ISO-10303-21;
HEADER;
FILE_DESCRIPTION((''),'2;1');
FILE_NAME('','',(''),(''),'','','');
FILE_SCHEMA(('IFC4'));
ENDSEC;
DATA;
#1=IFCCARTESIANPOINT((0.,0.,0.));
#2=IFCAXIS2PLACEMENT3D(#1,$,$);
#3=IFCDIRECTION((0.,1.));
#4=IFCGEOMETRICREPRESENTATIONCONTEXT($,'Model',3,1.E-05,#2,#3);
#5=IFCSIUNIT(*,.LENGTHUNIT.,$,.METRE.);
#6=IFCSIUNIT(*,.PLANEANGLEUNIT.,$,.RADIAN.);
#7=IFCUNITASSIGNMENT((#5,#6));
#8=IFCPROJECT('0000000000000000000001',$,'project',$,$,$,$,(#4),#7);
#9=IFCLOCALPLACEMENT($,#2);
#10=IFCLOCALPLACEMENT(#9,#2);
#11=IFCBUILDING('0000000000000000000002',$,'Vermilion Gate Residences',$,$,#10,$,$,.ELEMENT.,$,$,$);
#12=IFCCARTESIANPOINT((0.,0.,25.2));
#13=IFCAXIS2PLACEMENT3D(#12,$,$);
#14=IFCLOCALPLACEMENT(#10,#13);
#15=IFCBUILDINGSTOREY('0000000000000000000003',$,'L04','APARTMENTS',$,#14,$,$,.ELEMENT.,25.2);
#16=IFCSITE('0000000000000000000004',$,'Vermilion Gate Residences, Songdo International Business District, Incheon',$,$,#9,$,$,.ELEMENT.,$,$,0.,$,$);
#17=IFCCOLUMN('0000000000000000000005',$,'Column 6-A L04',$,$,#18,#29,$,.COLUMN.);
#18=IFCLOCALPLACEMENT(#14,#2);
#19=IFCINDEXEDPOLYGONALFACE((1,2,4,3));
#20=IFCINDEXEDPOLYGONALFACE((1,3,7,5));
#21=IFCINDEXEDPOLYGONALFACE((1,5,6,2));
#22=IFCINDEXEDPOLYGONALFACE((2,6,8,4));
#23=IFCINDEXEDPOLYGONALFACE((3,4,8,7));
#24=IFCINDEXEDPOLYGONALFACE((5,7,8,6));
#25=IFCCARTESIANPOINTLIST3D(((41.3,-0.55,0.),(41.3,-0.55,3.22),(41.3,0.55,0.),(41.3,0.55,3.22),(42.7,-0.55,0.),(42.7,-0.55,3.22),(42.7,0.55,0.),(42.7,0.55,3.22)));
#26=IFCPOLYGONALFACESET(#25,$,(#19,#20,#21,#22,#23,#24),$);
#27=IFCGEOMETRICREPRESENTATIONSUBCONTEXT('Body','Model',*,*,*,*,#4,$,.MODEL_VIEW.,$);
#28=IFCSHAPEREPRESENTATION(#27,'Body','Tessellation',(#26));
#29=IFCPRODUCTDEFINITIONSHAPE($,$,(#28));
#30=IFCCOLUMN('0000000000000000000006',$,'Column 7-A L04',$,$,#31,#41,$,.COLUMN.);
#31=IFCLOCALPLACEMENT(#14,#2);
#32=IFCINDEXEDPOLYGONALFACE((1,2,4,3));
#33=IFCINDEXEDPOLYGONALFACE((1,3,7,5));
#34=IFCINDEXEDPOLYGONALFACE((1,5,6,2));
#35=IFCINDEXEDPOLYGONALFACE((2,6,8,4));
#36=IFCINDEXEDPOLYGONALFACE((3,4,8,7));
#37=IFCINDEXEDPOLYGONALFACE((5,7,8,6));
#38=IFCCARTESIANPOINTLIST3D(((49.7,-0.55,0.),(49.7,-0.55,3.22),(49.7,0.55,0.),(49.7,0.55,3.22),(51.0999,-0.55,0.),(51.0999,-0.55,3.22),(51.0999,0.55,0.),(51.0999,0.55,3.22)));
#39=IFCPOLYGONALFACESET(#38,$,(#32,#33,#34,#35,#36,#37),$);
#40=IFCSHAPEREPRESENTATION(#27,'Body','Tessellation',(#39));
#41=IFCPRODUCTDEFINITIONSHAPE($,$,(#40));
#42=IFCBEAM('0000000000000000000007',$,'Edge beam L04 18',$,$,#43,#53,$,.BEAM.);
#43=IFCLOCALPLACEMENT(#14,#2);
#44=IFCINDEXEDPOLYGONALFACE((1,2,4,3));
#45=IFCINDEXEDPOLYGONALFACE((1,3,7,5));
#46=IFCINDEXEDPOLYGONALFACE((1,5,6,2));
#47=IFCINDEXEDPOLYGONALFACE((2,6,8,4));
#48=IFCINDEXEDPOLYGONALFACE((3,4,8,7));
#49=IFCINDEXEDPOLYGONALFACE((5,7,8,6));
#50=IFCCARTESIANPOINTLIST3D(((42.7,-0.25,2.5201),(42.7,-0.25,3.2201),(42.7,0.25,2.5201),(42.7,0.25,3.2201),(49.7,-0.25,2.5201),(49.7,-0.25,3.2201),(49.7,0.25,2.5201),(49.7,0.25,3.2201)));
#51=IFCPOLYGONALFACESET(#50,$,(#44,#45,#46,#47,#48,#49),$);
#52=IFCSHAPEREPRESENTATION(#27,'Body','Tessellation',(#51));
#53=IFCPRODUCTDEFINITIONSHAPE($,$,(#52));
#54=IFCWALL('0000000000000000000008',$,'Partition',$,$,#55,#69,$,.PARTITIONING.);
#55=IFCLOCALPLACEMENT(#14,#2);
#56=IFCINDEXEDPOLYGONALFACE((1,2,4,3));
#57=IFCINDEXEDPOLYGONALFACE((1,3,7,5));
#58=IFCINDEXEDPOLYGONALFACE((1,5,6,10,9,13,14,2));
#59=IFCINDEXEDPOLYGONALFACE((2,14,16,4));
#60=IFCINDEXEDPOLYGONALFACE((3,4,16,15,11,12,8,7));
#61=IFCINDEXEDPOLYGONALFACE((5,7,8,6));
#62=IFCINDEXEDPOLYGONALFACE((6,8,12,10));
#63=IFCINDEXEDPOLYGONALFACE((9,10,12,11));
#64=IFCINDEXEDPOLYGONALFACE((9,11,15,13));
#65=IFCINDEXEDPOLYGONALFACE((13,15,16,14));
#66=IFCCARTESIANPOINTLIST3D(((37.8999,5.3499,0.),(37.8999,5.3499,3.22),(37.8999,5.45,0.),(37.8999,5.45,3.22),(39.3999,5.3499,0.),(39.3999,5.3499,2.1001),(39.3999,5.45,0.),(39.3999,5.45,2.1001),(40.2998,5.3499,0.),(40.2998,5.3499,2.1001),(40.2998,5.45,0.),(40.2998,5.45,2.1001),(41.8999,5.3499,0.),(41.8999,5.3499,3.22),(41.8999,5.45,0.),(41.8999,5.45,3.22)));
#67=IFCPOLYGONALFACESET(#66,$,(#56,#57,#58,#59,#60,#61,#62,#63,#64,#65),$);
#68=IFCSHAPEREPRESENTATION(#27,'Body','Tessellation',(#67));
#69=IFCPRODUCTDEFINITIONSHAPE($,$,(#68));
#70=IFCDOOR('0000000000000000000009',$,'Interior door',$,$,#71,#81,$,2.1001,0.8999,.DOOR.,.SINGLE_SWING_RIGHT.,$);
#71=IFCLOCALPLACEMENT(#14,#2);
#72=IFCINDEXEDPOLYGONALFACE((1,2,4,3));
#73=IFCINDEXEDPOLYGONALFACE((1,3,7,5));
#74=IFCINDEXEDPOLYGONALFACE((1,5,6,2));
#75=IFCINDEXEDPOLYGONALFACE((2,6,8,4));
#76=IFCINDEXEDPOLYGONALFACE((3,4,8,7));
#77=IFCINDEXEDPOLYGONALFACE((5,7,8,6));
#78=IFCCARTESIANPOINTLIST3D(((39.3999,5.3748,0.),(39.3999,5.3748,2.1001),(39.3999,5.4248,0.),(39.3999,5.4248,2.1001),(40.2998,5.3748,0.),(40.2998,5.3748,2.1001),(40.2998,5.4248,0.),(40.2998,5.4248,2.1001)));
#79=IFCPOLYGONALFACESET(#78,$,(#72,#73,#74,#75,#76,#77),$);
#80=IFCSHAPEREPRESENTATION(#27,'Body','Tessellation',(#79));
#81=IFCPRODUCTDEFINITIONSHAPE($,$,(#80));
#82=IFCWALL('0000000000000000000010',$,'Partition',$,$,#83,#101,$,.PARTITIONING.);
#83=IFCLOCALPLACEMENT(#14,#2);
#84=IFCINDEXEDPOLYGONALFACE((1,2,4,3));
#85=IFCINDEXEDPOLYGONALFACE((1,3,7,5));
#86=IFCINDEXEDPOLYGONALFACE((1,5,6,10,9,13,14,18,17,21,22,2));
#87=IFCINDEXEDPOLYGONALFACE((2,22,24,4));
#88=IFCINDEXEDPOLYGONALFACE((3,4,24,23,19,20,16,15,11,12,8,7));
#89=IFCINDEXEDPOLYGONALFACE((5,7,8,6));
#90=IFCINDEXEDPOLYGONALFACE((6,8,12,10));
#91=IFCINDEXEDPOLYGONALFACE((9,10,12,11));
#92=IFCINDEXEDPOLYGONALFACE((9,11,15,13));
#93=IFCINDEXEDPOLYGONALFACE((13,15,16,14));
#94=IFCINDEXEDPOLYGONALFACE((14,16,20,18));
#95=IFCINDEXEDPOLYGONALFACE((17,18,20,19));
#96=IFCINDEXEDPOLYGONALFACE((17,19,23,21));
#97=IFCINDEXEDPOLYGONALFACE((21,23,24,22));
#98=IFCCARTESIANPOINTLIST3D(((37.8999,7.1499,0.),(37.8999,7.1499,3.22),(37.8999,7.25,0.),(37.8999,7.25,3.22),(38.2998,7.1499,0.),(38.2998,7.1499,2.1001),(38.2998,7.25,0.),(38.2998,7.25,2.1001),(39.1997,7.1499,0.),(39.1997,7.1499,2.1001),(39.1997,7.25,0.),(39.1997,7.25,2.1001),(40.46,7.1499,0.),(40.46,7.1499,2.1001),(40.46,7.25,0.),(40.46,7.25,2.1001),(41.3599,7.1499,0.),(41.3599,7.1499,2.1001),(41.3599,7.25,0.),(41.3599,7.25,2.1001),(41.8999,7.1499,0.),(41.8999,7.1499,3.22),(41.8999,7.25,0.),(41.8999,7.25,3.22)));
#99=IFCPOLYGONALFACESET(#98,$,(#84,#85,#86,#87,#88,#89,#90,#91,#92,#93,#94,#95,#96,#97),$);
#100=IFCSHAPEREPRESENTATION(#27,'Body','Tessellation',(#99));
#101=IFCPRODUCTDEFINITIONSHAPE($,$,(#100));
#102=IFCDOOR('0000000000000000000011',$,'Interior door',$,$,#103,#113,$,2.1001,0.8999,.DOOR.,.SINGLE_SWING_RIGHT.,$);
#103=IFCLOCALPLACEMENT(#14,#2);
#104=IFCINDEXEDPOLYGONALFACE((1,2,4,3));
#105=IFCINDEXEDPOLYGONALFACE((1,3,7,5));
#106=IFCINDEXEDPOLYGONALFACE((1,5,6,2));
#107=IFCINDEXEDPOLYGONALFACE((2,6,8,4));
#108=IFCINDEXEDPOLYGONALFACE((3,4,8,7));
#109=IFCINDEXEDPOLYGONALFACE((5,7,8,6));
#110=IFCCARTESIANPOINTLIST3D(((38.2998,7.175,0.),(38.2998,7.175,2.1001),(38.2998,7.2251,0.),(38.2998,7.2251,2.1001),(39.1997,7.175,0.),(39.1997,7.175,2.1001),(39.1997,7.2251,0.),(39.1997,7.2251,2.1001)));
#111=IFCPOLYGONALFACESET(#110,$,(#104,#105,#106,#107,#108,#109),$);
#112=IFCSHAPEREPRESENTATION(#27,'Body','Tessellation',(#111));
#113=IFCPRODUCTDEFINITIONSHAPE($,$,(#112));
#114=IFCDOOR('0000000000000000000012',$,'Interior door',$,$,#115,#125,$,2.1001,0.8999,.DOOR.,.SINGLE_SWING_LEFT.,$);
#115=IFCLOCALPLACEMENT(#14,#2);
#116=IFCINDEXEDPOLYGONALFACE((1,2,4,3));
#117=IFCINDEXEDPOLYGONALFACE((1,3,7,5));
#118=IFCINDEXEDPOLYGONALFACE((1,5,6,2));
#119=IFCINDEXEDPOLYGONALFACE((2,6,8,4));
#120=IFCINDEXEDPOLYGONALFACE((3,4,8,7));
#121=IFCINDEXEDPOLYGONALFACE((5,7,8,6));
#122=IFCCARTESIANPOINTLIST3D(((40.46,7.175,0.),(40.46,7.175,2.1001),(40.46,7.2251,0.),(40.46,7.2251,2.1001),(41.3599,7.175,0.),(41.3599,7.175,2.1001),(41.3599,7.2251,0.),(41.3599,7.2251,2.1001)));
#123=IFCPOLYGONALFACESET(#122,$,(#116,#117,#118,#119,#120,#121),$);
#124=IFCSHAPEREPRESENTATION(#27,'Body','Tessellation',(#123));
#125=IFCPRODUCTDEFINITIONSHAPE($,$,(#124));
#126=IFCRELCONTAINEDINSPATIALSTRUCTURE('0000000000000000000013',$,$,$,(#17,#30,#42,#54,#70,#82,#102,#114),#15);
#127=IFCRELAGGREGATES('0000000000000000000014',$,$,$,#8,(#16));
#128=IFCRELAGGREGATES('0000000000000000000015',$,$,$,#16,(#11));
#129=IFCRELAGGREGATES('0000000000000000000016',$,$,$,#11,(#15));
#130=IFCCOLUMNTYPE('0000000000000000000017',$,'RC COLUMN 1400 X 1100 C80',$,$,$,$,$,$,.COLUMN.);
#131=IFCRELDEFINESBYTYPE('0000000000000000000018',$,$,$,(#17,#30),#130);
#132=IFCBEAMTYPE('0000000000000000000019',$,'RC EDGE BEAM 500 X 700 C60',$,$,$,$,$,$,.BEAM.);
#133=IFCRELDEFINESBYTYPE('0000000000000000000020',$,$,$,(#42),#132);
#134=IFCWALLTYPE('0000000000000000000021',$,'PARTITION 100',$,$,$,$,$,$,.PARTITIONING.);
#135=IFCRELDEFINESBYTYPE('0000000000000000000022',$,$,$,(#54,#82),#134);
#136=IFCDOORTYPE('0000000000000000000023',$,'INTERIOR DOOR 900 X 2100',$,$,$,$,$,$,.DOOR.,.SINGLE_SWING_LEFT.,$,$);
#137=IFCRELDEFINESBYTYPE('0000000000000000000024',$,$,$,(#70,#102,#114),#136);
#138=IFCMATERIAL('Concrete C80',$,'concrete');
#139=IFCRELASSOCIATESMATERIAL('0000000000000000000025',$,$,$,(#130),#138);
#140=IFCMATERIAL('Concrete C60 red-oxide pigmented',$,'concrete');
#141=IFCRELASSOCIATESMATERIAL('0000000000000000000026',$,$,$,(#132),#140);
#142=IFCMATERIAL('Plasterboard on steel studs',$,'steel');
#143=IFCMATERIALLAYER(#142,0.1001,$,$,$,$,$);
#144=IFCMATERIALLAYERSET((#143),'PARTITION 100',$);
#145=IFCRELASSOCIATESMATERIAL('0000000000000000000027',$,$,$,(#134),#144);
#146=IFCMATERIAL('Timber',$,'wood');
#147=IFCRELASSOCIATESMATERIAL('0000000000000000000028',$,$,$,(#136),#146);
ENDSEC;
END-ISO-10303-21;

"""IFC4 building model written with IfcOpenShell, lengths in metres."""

from ifc_helpers import new_model, si_unit, direction, frame, frame_2d, origin, origin_2d, place, context, subcontext, project, spatial, rectangle, extrude, material, layer, layer_set, material_profile, profile_set, type_object, element, fill, save


model = new_model("IFC4")

# Units and contexts
model_context = context("Model", 3, precision=1e-05, world=origin(), true_north=direction((0.0, 1.0)))
body_context = subcontext(model_context, "Body", "Model", "MODEL_VIEW")
ifc_project = project(units=[si_unit("LENGTHUNIT", "METRE"), si_unit("PLANEANGLEUNIT", "RADIAN")], contexts=[model_context])

# Site, building, storey
site_placement = place(None, origin())
site = spatial("IfcSite", under=ifc_project, at=site_placement, Name="Vermilion Gate Residences, Songdo International Business District, Incheon", CompositionType="ELEMENT", RefElevation=0.0)
building_placement = place(site_placement, origin())
building = spatial("IfcBuilding", under=site, at=building_placement, Name="Vermilion Gate Residences", CompositionType="ELEMENT")
storey_placement = place(building_placement, frame((0.0, 0.0, 25.2)))
storey = spatial("IfcBuildingStorey", under=building, at=storey_placement, Name="L04", Description="APARTMENTS", CompositionType="ELEMENT", Elevation=25.2)

# Columns
ifc_material_1 = material(Name="Concrete C80", Category="concrete")
ifc_material_profile_1 = material_profile(ifc_material_1, rectangle(XDim=1.3999, YDim=1.1001, at=origin_2d()), Name="RC-1400x1100")
ifc_profile_set_1 = profile_set([ifc_material_profile_1], Name="Concrete C80")
column_type = type_object("IfcColumnType", Name="RC COLUMN 1400 X 1100 C80", PredefinedType="COLUMN", material=ifc_profile_set_1)
for number, where, z_axis, x_axis, name in (
    (1, (42.0, 0.0, 0.0), (0.0, 0.0, 1.0), (1.0, 0.0, 0.0), "Column 6-A L04"),
    (2, (50.3999, 0.0, 0.0), (0.0, 0.0, 1.0), (1.0, 0.0, 0.0), "Column 7-A L04"),
):
    element("IfcColumn", number, at=place(storey_placement, frame(where, z_axis=z_axis, x_axis=x_axis)), inside=storey, type_object=column_type, Name=name, PredefinedType="COLUMN", context=body_context, shape_type="SweptSolid", body=[
        extrude(rectangle(XDim=1.3999, YDim=1.1001, at=origin_2d()), origin(), (0.0, 0.0, 1.0), 3.22),
    ])

# Beam
ifc_material_2 = material(Name="Concrete C60 red-oxide pigmented", Category="concrete")
ifc_material_profile_2 = material_profile(ifc_material_2, rectangle(XDim=0.5, YDim=0.7, at=origin_2d()), Name="RC-500x700")
ifc_profile_set_2 = profile_set([ifc_material_profile_2], Name="Concrete C60 red-oxide pigmented")
beam_type = type_object("IfcBeamType", Name="RC EDGE BEAM 500 X 700 C60", PredefinedType="BEAM", material=ifc_profile_set_2)
beam_placement = place(storey_placement, frame((42.7, 0.0, 2.8701), z_axis=(1.0, 0.0, 0.0), x_axis=(0.0, 1.0, 0.0)))
element("IfcBeam", 3, at=beam_placement, inside=storey, type_object=beam_type, Name="Edge beam L04 18", PredefinedType="BEAM", context=body_context, shape_type="SweptSolid", body=[
    extrude(rectangle(XDim=0.5, YDim=0.7, at=origin_2d()), origin(), (0.0, 0.0, 1.0), 7.0),
])

# Wall, opening, door
ifc_material_3 = material(Name="Plasterboard on steel studs", Category="steel")
ifc_layer_1 = layer(ifc_material_3, 0.1001)
ifc_layer_set_1 = layer_set([ifc_layer_1], Name="PARTITION 100")
wall_type_1 = type_object("IfcWallType", Name="PARTITION 100", PredefinedType="PARTITIONING", material=ifc_layer_set_1)
wall_1_placement = place(storey_placement, frame((37.8999, 5.3999, 0.0), z_axis=(0.0, 0.0, 1.0), x_axis=(1.0, 0.0, 0.0)))
wall_1 = element("IfcWall", 4, at=wall_1_placement, inside=storey, type_object=wall_type_1, Name="Partition", PredefinedType="PARTITIONING", context=body_context, shape_type="SweptSolid", body=[
    extrude(rectangle(XDim=4.0, YDim=0.1001, at=frame_2d((2.0, 0.0))), origin(), (0.0, 0.0, 1.0), 3.22),
])
opening_1_placement = place(wall_1_placement, frame((1.5, 0.0, 0.0)))
opening_1 = element("IfcOpeningElement", 5, at=opening_1_placement, cuts=wall_1, PredefinedType="OPENING", context=body_context, shape_type="SweptSolid", body=[
    extrude(rectangle(XDim=0.8999, YDim=2.1001, at=frame_2d((0.45, 1.05))), frame((0.0, 0.0601, 0.0), z_axis=(0.0, -1.0, 0.0), x_axis=(1.0, 0.0, 0.0)), (0.0, 0.0, 1.0), 0.1201),
])
ifc_material_4 = material(Name="Timber", Category="wood")
door_type_1 = type_object("IfcDoorType", Name="INTERIOR DOOR 900 X 2100", OperationType="SINGLE_SWING_LEFT", PredefinedType="DOOR", material=ifc_material_4)
door_1_placement = place(opening_1_placement, origin())
door_1 = element("IfcDoor", 6, at=door_1_placement, inside=storey, type_object=door_type_1, Name="Interior door", OperationType="SINGLE_SWING_RIGHT", OverallHeight=2.1001, OverallWidth=0.8999, PredefinedType="DOOR", context=body_context, shape_type="SweptSolid", body=[
    extrude(rectangle(XDim=0.8999, YDim=2.1001, at=frame_2d((0.45, 1.05))), frame((0.0, 0.0249, 0.0), z_axis=(0.0, -1.0, 0.0), x_axis=(1.0, 0.0, 0.0)), (0.0, 0.0, 1.0), 0.05),
])
fill(opening_1, door_1)

# Wall, openings, doors
wall_2_placement = place(storey_placement, frame((37.8999, 7.2, 0.0), z_axis=(0.0, 0.0, 1.0), x_axis=(1.0, 0.0, 0.0)))
wall_2 = element("IfcWall", 7, at=wall_2_placement, inside=storey, type_object=wall_type_1, Name="Partition", PredefinedType="PARTITIONING", context=body_context, shape_type="SweptSolid", body=[
    extrude(rectangle(XDim=4.0, YDim=0.1001, at=frame_2d((2.0, 0.0))), origin(), (0.0, 0.0, 1.0), 3.22),
])
opening_2_placement = place(wall_2_placement, frame((0.3999, 0.0, 0.0)))
opening_2 = element("IfcOpeningElement", 8, at=opening_2_placement, cuts=wall_2, PredefinedType="OPENING", context=body_context, shape_type="SweptSolid", body=[
    extrude(rectangle(XDim=0.8999, YDim=2.1001, at=frame_2d((0.45, 1.05))), frame((0.0, 0.0601, 0.0), z_axis=(0.0, -1.0, 0.0), x_axis=(1.0, 0.0, 0.0)), (0.0, 0.0, 1.0), 0.1201),
])
opening_3_placement = place(wall_2_placement, frame((2.5601, 0.0, 0.0)))
opening_3 = element("IfcOpeningElement", 9, at=opening_3_placement, cuts=wall_2, PredefinedType="OPENING", context=body_context, shape_type="SweptSolid", body=[
    extrude(rectangle(XDim=0.8999, YDim=2.1001, at=frame_2d((0.45, 1.05))), frame((0.0, 0.0601, 0.0), z_axis=(0.0, -1.0, 0.0), x_axis=(1.0, 0.0, 0.0)), (0.0, 0.0, 1.0), 0.1201),
])
door_2_placement = place(opening_2_placement, frame((0.8999, 0.0, 0.0), z_axis=(0.0, 0.0, 1.0), x_axis=(-1.0, 0.0, 0.0)))
door_2 = element("IfcDoor", 10, at=door_2_placement, inside=storey, type_object=door_type_1, Name="Interior door", OperationType="SINGLE_SWING_RIGHT", OverallHeight=2.1001, OverallWidth=0.8999, PredefinedType="DOOR", context=body_context, shape_type="SweptSolid", body=[
    extrude(rectangle(XDim=0.8999, YDim=2.1001, at=frame_2d((0.45, 1.05))), frame((0.0, 0.0249, 0.0), z_axis=(0.0, -1.0, 0.0), x_axis=(1.0, 0.0, 0.0)), (0.0, 0.0, 1.0), 0.05),
])
fill(opening_2, door_2)
door_3_placement = place(opening_3_placement, frame((0.8999, 0.0, 0.0), z_axis=(0.0, 0.0, 1.0), x_axis=(-1.0, 0.0, 0.0)))
door_3 = element("IfcDoor", 11, at=door_3_placement, inside=storey, type_object=door_type_1, Name="Interior door", OperationType="SINGLE_SWING_LEFT", OverallHeight=2.1001, OverallWidth=0.8999, PredefinedType="DOOR", context=body_context, shape_type="SweptSolid", body=[
    extrude(rectangle(XDim=0.8999, YDim=2.1001, at=frame_2d((0.45, 1.05))), frame((0.0, 0.0249, 0.0), z_axis=(0.0, -1.0, 0.0), x_axis=(1.0, 0.0, 0.0)), (0.0, 0.0, 1.0), 0.05),
])
fill(opening_3, door_3)

save(model, "model.ifc")
